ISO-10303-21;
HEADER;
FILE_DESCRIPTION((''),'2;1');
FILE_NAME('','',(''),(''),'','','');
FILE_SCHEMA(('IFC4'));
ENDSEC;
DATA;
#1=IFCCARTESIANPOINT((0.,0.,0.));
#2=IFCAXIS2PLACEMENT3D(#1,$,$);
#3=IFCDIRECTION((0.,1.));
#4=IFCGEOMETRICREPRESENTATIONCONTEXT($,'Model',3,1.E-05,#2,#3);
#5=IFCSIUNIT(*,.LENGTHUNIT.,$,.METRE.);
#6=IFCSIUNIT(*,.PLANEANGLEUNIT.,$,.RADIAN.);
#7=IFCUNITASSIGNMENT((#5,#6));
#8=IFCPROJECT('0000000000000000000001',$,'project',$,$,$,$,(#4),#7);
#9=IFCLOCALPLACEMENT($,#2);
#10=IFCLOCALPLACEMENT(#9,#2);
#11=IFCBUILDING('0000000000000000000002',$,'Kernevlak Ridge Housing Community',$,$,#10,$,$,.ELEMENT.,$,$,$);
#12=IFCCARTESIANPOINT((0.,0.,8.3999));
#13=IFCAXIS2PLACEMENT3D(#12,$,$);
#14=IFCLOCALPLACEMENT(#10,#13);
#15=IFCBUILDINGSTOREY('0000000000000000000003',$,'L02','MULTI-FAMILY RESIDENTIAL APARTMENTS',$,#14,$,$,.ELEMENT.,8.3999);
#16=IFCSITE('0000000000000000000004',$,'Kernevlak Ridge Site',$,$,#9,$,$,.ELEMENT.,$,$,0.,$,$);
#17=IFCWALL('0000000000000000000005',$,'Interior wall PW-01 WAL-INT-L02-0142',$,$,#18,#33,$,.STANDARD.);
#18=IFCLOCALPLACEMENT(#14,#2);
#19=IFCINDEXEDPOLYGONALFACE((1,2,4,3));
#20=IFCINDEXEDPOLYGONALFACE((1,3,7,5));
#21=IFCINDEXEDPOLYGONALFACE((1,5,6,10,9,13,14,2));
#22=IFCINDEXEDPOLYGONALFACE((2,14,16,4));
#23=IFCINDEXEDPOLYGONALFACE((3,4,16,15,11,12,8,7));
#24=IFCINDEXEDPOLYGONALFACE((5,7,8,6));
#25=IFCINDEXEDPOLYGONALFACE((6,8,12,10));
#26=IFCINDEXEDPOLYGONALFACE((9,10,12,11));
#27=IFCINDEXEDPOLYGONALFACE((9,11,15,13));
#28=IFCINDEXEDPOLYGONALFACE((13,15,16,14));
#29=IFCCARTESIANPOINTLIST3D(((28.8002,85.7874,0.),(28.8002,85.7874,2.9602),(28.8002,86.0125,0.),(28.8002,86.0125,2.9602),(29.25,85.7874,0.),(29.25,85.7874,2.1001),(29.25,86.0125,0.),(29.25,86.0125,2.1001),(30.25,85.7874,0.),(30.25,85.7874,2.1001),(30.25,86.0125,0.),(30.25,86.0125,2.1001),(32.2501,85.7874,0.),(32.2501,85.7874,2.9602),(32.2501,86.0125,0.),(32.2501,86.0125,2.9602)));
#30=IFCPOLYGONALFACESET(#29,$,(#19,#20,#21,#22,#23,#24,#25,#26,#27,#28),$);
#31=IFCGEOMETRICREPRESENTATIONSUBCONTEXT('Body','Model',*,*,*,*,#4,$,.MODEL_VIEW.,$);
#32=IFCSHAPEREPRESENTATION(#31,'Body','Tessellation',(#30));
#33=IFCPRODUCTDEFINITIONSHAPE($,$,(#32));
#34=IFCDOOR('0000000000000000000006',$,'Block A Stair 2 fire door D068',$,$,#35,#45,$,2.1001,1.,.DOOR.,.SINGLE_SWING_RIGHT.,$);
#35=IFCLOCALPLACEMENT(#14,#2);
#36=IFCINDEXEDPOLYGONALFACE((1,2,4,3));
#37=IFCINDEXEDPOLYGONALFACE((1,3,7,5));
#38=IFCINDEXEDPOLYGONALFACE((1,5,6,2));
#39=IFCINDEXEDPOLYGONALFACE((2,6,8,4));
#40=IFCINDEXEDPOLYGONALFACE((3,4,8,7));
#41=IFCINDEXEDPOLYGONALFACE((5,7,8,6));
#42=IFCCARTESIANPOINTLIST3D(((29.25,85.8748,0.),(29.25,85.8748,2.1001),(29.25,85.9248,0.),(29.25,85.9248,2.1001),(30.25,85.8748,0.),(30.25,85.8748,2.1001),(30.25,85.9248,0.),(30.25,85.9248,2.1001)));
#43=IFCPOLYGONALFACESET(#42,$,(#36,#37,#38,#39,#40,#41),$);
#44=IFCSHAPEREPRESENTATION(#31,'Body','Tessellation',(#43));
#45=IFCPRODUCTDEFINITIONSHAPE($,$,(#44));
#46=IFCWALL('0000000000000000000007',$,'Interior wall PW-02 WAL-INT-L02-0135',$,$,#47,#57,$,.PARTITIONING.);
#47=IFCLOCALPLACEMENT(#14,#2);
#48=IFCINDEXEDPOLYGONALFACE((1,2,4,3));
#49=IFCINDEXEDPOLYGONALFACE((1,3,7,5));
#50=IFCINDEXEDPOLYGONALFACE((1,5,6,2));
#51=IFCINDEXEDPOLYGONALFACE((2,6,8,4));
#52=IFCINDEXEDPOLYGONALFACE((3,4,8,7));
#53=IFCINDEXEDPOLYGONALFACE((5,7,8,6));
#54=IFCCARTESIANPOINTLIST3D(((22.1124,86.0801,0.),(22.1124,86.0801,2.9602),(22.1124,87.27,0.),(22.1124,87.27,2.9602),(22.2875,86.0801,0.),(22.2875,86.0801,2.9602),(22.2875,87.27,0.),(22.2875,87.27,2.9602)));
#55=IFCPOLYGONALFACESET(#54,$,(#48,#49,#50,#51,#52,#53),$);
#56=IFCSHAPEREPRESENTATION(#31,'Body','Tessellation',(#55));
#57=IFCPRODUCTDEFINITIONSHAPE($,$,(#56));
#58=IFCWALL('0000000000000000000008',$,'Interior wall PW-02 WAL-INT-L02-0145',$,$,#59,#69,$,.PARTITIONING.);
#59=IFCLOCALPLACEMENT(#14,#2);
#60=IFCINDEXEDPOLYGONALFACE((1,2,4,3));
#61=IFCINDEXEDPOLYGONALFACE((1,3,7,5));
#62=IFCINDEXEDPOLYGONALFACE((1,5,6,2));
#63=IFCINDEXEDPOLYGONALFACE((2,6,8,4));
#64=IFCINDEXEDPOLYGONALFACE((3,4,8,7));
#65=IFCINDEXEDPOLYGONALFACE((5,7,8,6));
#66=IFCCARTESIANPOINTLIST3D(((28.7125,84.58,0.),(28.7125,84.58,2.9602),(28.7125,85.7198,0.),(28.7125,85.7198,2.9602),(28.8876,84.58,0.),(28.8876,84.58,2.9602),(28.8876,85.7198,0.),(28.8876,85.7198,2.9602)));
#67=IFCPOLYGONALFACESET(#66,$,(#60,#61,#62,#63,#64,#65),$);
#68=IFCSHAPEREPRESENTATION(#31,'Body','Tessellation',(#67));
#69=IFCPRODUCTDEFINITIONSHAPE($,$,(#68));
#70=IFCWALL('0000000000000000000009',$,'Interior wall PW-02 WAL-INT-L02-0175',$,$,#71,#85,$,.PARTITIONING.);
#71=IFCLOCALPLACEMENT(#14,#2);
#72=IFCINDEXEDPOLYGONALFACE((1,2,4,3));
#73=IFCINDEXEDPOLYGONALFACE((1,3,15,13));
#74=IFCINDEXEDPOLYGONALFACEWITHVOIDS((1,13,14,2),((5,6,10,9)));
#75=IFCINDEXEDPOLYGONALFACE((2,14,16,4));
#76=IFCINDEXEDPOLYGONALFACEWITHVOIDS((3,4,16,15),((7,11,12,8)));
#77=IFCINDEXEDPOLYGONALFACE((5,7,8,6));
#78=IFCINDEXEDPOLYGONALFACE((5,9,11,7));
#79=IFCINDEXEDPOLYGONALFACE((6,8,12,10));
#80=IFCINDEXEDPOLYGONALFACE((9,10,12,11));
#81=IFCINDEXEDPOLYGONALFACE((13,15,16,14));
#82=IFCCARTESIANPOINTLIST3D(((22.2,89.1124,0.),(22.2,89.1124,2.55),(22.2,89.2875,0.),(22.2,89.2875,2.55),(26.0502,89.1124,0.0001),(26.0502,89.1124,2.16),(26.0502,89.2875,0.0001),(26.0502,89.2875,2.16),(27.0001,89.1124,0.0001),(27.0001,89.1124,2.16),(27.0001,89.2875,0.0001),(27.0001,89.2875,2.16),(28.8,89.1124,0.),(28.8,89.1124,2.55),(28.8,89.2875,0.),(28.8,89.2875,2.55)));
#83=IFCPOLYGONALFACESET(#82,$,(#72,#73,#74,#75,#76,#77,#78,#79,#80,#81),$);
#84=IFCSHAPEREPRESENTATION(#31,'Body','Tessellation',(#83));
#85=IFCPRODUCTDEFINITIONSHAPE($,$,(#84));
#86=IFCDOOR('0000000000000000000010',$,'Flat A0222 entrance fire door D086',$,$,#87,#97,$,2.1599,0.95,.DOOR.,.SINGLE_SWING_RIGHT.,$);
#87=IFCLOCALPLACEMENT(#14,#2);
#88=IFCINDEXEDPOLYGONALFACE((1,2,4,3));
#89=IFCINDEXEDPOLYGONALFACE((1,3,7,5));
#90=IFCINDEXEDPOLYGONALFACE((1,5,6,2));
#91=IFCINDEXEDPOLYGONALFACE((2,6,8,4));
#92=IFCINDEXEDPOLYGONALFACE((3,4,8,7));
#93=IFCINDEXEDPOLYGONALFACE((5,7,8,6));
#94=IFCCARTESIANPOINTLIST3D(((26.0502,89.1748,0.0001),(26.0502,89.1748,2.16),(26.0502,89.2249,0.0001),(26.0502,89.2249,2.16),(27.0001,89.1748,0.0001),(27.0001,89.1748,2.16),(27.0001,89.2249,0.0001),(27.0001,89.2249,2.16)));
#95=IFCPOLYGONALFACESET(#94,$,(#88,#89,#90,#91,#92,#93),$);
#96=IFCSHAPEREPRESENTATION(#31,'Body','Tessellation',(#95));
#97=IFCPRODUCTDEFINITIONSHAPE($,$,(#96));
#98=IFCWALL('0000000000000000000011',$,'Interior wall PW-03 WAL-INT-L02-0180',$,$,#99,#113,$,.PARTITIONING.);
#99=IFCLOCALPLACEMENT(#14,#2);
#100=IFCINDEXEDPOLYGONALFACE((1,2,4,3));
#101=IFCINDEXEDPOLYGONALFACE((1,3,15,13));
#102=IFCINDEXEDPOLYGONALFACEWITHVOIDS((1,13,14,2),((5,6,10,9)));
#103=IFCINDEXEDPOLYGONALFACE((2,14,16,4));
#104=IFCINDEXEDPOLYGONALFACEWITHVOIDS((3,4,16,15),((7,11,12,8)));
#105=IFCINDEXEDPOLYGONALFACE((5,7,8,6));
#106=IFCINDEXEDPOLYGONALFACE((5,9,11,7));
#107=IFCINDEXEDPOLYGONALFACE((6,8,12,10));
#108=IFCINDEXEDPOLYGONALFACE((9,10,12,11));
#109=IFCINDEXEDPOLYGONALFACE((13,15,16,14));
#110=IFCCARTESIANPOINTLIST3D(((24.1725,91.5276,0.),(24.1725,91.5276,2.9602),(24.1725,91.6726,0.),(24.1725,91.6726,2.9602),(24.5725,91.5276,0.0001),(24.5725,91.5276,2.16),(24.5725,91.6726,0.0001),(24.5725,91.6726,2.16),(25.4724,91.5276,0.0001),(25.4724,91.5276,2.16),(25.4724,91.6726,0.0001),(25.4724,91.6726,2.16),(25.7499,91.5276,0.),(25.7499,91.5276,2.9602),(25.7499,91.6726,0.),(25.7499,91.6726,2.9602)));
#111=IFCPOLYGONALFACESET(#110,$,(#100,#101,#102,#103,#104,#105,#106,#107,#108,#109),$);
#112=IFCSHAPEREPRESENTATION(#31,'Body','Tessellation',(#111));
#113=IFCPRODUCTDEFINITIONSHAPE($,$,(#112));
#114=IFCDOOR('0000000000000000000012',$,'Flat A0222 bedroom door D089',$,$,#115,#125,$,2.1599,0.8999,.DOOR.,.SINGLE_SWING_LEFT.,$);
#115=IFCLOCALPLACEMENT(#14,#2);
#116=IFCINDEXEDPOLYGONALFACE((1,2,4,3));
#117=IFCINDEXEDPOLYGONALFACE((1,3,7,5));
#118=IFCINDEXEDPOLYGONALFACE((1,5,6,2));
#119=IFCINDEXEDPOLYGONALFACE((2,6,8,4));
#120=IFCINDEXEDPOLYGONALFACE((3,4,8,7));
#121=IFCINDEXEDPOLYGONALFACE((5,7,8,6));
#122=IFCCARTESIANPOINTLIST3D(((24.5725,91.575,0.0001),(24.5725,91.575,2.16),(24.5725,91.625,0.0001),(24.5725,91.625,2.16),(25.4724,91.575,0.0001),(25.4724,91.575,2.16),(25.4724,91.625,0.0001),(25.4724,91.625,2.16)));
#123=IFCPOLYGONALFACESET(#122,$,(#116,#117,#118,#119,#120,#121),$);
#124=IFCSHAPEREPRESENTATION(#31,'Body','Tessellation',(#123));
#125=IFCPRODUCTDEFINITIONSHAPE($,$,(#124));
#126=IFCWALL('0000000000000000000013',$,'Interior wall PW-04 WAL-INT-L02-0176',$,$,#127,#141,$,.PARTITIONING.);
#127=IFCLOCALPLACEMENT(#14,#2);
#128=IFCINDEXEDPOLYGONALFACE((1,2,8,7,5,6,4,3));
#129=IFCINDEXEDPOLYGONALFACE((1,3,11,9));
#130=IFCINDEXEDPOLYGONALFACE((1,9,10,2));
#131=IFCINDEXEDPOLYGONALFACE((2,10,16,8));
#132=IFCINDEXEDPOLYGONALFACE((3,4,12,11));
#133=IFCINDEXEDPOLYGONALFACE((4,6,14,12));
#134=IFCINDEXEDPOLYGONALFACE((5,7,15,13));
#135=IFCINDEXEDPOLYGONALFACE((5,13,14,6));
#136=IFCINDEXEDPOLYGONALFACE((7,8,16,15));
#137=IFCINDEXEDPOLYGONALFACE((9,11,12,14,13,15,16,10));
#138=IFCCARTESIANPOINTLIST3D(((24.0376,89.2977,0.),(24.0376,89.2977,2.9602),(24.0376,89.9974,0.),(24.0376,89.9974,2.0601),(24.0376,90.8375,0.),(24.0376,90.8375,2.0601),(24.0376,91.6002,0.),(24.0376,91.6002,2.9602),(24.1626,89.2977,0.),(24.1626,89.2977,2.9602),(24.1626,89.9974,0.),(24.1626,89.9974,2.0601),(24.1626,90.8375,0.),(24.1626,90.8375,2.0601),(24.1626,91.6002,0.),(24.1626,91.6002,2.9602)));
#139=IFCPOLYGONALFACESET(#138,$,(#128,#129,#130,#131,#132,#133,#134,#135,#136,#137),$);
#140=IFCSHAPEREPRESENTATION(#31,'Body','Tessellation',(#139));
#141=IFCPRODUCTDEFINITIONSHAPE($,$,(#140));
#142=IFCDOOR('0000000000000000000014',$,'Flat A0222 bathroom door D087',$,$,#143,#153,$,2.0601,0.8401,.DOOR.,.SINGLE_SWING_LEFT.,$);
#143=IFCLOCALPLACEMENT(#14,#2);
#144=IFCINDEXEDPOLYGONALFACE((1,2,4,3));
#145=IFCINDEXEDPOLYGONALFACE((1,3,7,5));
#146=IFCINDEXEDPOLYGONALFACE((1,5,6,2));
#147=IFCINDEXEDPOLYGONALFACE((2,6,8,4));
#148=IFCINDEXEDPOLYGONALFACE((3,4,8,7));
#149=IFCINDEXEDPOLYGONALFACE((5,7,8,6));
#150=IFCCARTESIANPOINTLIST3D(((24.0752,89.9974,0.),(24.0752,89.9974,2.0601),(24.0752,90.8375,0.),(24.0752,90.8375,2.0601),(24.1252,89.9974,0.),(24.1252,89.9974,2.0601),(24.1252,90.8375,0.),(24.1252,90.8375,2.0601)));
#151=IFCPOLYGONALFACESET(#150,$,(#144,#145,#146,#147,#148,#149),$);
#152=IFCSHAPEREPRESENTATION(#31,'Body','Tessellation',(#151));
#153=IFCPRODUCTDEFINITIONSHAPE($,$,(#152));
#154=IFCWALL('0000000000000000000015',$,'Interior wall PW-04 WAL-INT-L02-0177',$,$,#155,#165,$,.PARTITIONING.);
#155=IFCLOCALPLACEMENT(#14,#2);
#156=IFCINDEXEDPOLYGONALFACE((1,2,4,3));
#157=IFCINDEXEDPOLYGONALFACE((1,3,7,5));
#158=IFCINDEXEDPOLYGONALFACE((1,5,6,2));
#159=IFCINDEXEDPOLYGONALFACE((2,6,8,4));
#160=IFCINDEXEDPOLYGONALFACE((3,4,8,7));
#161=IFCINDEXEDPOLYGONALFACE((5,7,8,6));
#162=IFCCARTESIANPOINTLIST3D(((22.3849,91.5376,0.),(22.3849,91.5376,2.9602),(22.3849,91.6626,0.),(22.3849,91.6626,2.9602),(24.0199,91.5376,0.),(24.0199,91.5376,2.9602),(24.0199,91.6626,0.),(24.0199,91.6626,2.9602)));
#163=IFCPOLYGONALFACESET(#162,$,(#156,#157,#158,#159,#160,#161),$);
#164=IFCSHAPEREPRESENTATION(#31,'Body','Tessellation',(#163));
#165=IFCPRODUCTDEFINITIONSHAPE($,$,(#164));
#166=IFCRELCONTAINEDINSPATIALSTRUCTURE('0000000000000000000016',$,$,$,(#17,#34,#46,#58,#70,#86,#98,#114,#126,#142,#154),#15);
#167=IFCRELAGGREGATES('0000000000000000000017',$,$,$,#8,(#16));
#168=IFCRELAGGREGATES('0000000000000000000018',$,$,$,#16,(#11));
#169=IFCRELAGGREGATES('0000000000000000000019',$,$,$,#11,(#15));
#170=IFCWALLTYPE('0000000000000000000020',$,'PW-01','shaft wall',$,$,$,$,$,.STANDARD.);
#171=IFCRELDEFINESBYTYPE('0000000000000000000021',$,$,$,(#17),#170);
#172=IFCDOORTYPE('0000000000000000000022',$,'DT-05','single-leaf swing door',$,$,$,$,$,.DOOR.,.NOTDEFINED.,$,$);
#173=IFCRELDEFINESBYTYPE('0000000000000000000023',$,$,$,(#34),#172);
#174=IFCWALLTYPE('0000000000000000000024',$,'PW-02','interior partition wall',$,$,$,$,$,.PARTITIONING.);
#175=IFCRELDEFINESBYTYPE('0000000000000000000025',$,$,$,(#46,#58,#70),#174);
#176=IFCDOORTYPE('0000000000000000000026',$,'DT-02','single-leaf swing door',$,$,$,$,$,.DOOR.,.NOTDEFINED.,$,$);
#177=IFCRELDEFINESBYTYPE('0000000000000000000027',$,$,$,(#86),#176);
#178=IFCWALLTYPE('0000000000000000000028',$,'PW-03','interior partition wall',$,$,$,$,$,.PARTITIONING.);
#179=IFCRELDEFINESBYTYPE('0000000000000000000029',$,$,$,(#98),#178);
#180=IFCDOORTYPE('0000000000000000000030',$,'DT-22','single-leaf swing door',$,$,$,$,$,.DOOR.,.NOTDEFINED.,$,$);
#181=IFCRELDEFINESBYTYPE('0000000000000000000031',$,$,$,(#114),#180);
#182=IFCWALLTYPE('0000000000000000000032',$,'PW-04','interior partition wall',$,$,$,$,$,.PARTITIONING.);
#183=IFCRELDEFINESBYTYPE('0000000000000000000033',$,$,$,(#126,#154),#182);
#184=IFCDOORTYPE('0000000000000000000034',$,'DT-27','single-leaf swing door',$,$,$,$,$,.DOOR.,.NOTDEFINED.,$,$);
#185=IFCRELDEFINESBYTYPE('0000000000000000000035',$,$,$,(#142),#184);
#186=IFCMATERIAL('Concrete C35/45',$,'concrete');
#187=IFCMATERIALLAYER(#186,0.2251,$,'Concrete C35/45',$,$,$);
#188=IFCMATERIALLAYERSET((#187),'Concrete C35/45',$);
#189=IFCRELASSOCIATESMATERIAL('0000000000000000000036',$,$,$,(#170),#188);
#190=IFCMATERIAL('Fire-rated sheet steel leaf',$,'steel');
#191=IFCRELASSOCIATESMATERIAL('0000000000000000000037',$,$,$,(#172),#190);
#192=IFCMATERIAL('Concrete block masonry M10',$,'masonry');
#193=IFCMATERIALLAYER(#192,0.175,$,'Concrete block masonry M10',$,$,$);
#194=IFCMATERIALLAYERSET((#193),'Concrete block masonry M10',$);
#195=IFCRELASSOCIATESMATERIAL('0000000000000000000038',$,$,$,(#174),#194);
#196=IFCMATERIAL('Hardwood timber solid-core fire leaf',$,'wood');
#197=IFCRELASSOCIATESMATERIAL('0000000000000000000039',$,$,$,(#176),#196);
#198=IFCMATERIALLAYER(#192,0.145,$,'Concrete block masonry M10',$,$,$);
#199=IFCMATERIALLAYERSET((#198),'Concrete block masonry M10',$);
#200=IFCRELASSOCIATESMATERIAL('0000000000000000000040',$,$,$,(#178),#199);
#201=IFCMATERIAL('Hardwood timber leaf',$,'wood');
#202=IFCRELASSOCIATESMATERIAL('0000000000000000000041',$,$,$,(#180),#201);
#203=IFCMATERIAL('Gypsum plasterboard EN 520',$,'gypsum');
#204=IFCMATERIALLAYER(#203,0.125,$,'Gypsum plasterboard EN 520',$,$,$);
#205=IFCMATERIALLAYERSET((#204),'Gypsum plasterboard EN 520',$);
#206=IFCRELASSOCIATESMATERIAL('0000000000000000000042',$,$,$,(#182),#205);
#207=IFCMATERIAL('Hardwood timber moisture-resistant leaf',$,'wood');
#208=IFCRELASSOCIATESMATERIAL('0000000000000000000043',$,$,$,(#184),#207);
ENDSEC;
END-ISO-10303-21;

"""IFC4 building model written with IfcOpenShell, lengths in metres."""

from ifc_helpers import new_model, si_unit, direction, frame, frame_2d, origin, place, context, subcontext, project, spatial, rectangle, extrude, material, layer, layer_set, type_object, element, fill, save


model = new_model("IFC4")

# Units and contexts
model_context = context("Model", 3, precision=1e-05, world=origin(), true_north=direction((0.0, 1.0)))
body_context = subcontext(model_context, "Body", "Model", "MODEL_VIEW")
ifc_project = project(units=[si_unit("LENGTHUNIT", "METRE"), si_unit("PLANEANGLEUNIT", "RADIAN")], contexts=[model_context])

# Site, building, storey
site_placement = place(None, origin())
site = spatial("IfcSite", under=ifc_project, at=site_placement, Name="Kernevlak Ridge Site", CompositionType="ELEMENT", RefElevation=0.0)
building_placement = place(site_placement, origin())
building = spatial("IfcBuilding", under=site, at=building_placement, Name="Kernevlak Ridge Housing Community", CompositionType="ELEMENT")
storey_placement = place(building_placement, frame((0.0, 0.0, 8.3999)))
storey = spatial("IfcBuildingStorey", under=building, at=storey_placement, Name="L02", Description="MULTI-FAMILY RESIDENTIAL APARTMENTS", CompositionType="ELEMENT", Elevation=8.3999)

# Shared definitions
ifc_material_1 = material(Name="Concrete C35/45", Category="concrete")

# Shared definitions
ifc_material_2 = material(Name="Concrete block masonry M10", Category="masonry")

# Shared definitions
ifc_layer_1 = layer(ifc_material_1, 0.2251, Name="Concrete C35/45")
ifc_layer_set_1 = layer_set([ifc_layer_1], Name="Concrete C35/45")
wall_type_1 = type_object("IfcWallType", Name="PW-01", Description="shaft wall", PredefinedType="STANDARD", material=ifc_layer_set_1)

# Wall, opening, door
wall_1_placement = place(storey_placement, frame((28.8, 85.8999, 0.0), z_axis=(0.0, 0.0, 1.0), x_axis=(1.0, 0.0, 0.0)))
wall_1 = element("IfcWall", 1, at=wall_1_placement, inside=storey, type_object=wall_type_1, Name="Interior wall PW-01 WAL-INT-L02-0142", PredefinedType="STANDARD", context=body_context, shape_type="SweptSolid", body=[
    extrude(rectangle(XDim=3.45, YDim=0.2251, at=frame_2d((1.7251, 0.0))), origin(), (0.0, 0.0, 1.0), 2.9602),
])
opening_1_placement = place(wall_1_placement, frame((0.45, 0.0, 0.0)))
opening_1 = element("IfcOpeningElement", 2, at=opening_1_placement, cuts=wall_1, PredefinedType="OPENING", context=body_context, shape_type="SweptSolid", body=[
    extrude(rectangle(XDim=1.0, YDim=2.1001, at=frame_2d((0.5, 1.05))), frame((0.0, 0.1226, 0.0), z_axis=(0.0, -1.0, 0.0), x_axis=(1.0, 0.0, 0.0)), (0.0, 0.0, 1.0), 0.2451),
])
ifc_material_3 = material(Name="Fire-rated sheet steel leaf", Category="steel")
door_type_1 = type_object("IfcDoorType", Name="DT-05", Description="single-leaf swing door", OperationType="NOTDEFINED", PredefinedType="DOOR", material=ifc_material_3)
door_1_placement = place(opening_1_placement, origin())
door_1 = element("IfcDoor", 3, at=door_1_placement, inside=storey, type_object=door_type_1, Name="Block A Stair 2 fire door D068", OperationType="SINGLE_SWING_RIGHT", OverallHeight=2.1001, OverallWidth=1.0, PredefinedType="DOOR", context=body_context, shape_type="SweptSolid", body=[
    extrude(rectangle(XDim=1.0, YDim=2.1001, at=frame_2d((0.5, 1.05))), frame((0.0, 0.0249, 0.0), z_axis=(0.0, -1.0, 0.0), x_axis=(1.0, 0.0, 0.0)), (0.0, 0.0, 1.0), 0.05),
])
fill(opening_1, door_1)

# Walls
ifc_layer_2 = layer(ifc_material_2, 0.175, Name="Concrete block masonry M10")
ifc_layer_set_2 = layer_set([ifc_layer_2], Name="Concrete block masonry M10")
wall_type_2 = type_object("IfcWallType", Name="PW-02", Description="interior partition wall", PredefinedType="PARTITIONING", material=ifc_layer_set_2)
wall_2_placement = place(storey_placement, frame((22.2, 86.0801, 0.0), z_axis=(0.0, 0.0, 1.0), x_axis=(0.0, 1.0, 0.0)))
element("IfcWall", 4, at=wall_2_placement, inside=storey, type_object=wall_type_2, Name="Interior wall PW-02 WAL-INT-L02-0135", PredefinedType="PARTITIONING", context=body_context, shape_type="SweptSolid", body=[
    extrude(rectangle(XDim=1.1899, YDim=0.175, at=frame_2d((0.595, 0.0))), origin(), (0.0, 0.0, 1.0), 2.9602),
])
wall_3_placement = place(storey_placement, frame((28.8, 84.5801, 0.0), z_axis=(0.0, 0.0, 1.0), x_axis=(0.0, 1.0, 0.0)))
element("IfcWall", 5, at=wall_3_placement, inside=storey, type_object=wall_type_2, Name="Interior wall PW-02 WAL-INT-L02-0145", PredefinedType="PARTITIONING", context=body_context, shape_type="SweptSolid", body=[
    extrude(rectangle(XDim=1.1399, YDim=0.175, at=frame_2d((0.5698, 0.0))), origin(), (0.0, 0.0, 1.0), 2.9602),
])

# Walls, openings, doors
wall_4_placement = place(storey_placement, frame((22.2, 89.2, 0.0), z_axis=(0.0, 0.0, 1.0), x_axis=(1.0, 0.0, 0.0)))
wall_4 = element("IfcWall", 6, at=wall_4_placement, inside=storey, type_object=wall_type_2, Name="Interior wall PW-02 WAL-INT-L02-0175", PredefinedType="PARTITIONING", context=body_context, shape_type="SweptSolid", body=[
    extrude(rectangle(XDim=6.6001, YDim=0.175, at=frame_2d((3.3, 0.0))), origin(), (0.0, 0.0, 1.0), 2.55),
])
opening_2_placement = place(wall_4_placement, frame((3.8501, 0.0, 0.0)))
opening_2 = element("IfcOpeningElement", 7, at=opening_2_placement, cuts=wall_4, PredefinedType="OPENING", context=body_context, shape_type="SweptSolid", body=[
    extrude(rectangle(XDim=0.95, YDim=2.1599, at=frame_2d((0.4751, 1.0801))), frame((0.0, 0.0974, 0.0), z_axis=(0.0, -1.0, 0.0), x_axis=(1.0, 0.0, 0.0)), (0.0, 0.0, 1.0), 0.1951),
])
ifc_material_4 = material(Name="Hardwood timber solid-core fire leaf", Category="wood")
door_type_2 = type_object("IfcDoorType", Name="DT-02", Description="single-leaf swing door", OperationType="NOTDEFINED", PredefinedType="DOOR", material=ifc_material_4)
door_2_placement = place(opening_2_placement, origin())
door_2 = element("IfcDoor", 8, at=door_2_placement, inside=storey, type_object=door_type_2, Name="Flat A0222 entrance fire door D086", OperationType="SINGLE_SWING_RIGHT", OverallHeight=2.1599, OverallWidth=0.95, PredefinedType="DOOR", context=body_context, shape_type="SweptSolid", body=[
    extrude(rectangle(XDim=0.95, YDim=2.1599, at=frame_2d((0.4751, 1.0801))), frame((0.0, 0.0249, 0.0), z_axis=(0.0, -1.0, 0.0), x_axis=(1.0, 0.0, 0.0)), (0.0, 0.0, 1.0), 0.05),
])
fill(opening_2, door_2)
ifc_layer_3 = layer(ifc_material_2, 0.145, Name="Concrete block masonry M10")
ifc_layer_set_3 = layer_set([ifc_layer_3], Name="Concrete block masonry M10")
wall_type_3 = type_object("IfcWallType", Name="PW-03", Description="interior partition wall", PredefinedType="PARTITIONING", material=ifc_layer_set_3)
wall_5_placement = place(storey_placement, frame((24.1726, 91.6001, 0.0), z_axis=(0.0, 0.0, 1.0), x_axis=(1.0, 0.0, 0.0)))
wall_5 = element("IfcWall", 9, at=wall_5_placement, inside=storey, type_object=wall_type_3, Name="Interior wall PW-03 WAL-INT-L02-0180", PredefinedType="PARTITIONING", context=body_context, shape_type="SweptSolid", body=[
    extrude(rectangle(XDim=1.5774, YDim=0.145, at=frame_2d((0.7886, 0.0))), origin(), (0.0, 0.0, 1.0), 2.9602),
])
opening_3_placement = place(wall_5_placement, frame((0.3999, 0.0, 0.0)))
opening_3 = element("IfcOpeningElement", 10, at=opening_3_placement, cuts=wall_5, PredefinedType="OPENING", context=body_context, shape_type="SweptSolid", body=[
    extrude(rectangle(XDim=0.8999, YDim=2.1599, at=frame_2d((0.45, 1.0801))), frame((0.0, 0.0825, 0.0), z_axis=(0.0, -1.0, 0.0), x_axis=(1.0, 0.0, 0.0)), (0.0, 0.0, 1.0), 0.165),
])
ifc_material_5 = material(Name="Hardwood timber leaf", Category="wood")
door_type_3 = type_object("IfcDoorType", Name="DT-22", Description="single-leaf swing door", OperationType="NOTDEFINED", PredefinedType="DOOR", material=ifc_material_5)
door_3_placement = place(opening_3_placement, origin())
door_3 = element("IfcDoor", 11, at=door_3_placement, inside=storey, type_object=door_type_3, Name="Flat A0222 bedroom door D089", OperationType="SINGLE_SWING_LEFT", OverallHeight=2.1599, OverallWidth=0.8999, PredefinedType="DOOR", context=body_context, shape_type="SweptSolid", body=[
    extrude(rectangle(XDim=0.8999, YDim=2.1599, at=frame_2d((0.45, 1.0801))), frame((0.0, 0.0249, 0.0), z_axis=(0.0, -1.0, 0.0), x_axis=(1.0, 0.0, 0.0)), (0.0, 0.0, 1.0), 0.05),
])
fill(opening_3, door_3)
ifc_material_6 = material(Name="Gypsum plasterboard EN 520", Category="gypsum")
ifc_layer_4 = layer(ifc_material_6, 0.125, Name="Gypsum plasterboard EN 520")
ifc_layer_set_4 = layer_set([ifc_layer_4], Name="Gypsum plasterboard EN 520")
wall_type_4 = type_object("IfcWallType", Name="PW-04", Description="interior partition wall", PredefinedType="PARTITIONING", material=ifc_layer_set_4)
wall_6_placement = place(storey_placement, frame((24.1001, 89.2976, 0.0), z_axis=(0.0, 0.0, 1.0), x_axis=(0.0, 1.0, 0.0)))
wall_6 = element("IfcWall", 12, at=wall_6_placement, inside=storey, type_object=wall_type_4, Name="Interior wall PW-04 WAL-INT-L02-0176", PredefinedType="PARTITIONING", context=body_context, shape_type="SweptSolid", body=[
    extrude(rectangle(XDim=2.3025, YDim=0.125, at=frame_2d((1.1514, 0.0))), origin(), (0.0, 0.0, 1.0), 2.9602),
])
opening_4_placement = place(wall_6_placement, frame((0.7, 0.0, 0.0)))
opening_4 = element("IfcOpeningElement", 13, at=opening_4_placement, cuts=wall_6, PredefinedType="OPENING", context=body_context, shape_type="SweptSolid", body=[
    extrude(rectangle(XDim=0.8401, YDim=2.0601, at=frame_2d((0.4199, 1.03))), frame((0.0, 0.0725, 0.0), z_axis=(0.0, -1.0, 0.0), x_axis=(1.0, 0.0, 0.0)), (0.0, 0.0, 1.0), 0.145),
])
ifc_material_7 = material(Name="Hardwood timber moisture-resistant leaf", Category="wood")
door_type_4 = type_object("IfcDoorType", Name="DT-27", Description="single-leaf swing door", OperationType="NOTDEFINED", PredefinedType="DOOR", material=ifc_material_7)
door_4_placement = place(opening_4_placement, origin())
door_4 = element("IfcDoor", 14, at=door_4_placement, inside=storey, type_object=door_type_4, Name="Flat A0222 bathroom door D087", OperationType="SINGLE_SWING_LEFT", OverallHeight=2.0601, OverallWidth=0.8401, PredefinedType="DOOR", context=body_context, shape_type="SweptSolid", body=[
    extrude(rectangle(XDim=0.8401, YDim=2.0601, at=frame_2d((0.4199, 1.03))), frame((0.0, 0.0249, 0.0), z_axis=(0.0, -1.0, 0.0), x_axis=(1.0, 0.0, 0.0)), (0.0, 0.0, 1.0), 0.05),
])
fill(opening_4, door_4)

# Wall
wall_7_placement = place(storey_placement, frame((22.385, 91.6001, 0.0), z_axis=(0.0, 0.0, 1.0), x_axis=(1.0, 0.0, 0.0)))
element("IfcWall", 15, at=wall_7_placement, inside=storey, type_object=wall_type_4, Name="Interior wall PW-04 WAL-INT-L02-0177", PredefinedType="PARTITIONING", context=body_context, shape_type="SweptSolid", body=[
    extrude(rectangle(XDim=1.635, YDim=0.125, at=frame_2d((0.8174, 0.0))), origin(), (0.0, 0.0, 1.0), 2.9602),
])

save(model, "model.ifc")
